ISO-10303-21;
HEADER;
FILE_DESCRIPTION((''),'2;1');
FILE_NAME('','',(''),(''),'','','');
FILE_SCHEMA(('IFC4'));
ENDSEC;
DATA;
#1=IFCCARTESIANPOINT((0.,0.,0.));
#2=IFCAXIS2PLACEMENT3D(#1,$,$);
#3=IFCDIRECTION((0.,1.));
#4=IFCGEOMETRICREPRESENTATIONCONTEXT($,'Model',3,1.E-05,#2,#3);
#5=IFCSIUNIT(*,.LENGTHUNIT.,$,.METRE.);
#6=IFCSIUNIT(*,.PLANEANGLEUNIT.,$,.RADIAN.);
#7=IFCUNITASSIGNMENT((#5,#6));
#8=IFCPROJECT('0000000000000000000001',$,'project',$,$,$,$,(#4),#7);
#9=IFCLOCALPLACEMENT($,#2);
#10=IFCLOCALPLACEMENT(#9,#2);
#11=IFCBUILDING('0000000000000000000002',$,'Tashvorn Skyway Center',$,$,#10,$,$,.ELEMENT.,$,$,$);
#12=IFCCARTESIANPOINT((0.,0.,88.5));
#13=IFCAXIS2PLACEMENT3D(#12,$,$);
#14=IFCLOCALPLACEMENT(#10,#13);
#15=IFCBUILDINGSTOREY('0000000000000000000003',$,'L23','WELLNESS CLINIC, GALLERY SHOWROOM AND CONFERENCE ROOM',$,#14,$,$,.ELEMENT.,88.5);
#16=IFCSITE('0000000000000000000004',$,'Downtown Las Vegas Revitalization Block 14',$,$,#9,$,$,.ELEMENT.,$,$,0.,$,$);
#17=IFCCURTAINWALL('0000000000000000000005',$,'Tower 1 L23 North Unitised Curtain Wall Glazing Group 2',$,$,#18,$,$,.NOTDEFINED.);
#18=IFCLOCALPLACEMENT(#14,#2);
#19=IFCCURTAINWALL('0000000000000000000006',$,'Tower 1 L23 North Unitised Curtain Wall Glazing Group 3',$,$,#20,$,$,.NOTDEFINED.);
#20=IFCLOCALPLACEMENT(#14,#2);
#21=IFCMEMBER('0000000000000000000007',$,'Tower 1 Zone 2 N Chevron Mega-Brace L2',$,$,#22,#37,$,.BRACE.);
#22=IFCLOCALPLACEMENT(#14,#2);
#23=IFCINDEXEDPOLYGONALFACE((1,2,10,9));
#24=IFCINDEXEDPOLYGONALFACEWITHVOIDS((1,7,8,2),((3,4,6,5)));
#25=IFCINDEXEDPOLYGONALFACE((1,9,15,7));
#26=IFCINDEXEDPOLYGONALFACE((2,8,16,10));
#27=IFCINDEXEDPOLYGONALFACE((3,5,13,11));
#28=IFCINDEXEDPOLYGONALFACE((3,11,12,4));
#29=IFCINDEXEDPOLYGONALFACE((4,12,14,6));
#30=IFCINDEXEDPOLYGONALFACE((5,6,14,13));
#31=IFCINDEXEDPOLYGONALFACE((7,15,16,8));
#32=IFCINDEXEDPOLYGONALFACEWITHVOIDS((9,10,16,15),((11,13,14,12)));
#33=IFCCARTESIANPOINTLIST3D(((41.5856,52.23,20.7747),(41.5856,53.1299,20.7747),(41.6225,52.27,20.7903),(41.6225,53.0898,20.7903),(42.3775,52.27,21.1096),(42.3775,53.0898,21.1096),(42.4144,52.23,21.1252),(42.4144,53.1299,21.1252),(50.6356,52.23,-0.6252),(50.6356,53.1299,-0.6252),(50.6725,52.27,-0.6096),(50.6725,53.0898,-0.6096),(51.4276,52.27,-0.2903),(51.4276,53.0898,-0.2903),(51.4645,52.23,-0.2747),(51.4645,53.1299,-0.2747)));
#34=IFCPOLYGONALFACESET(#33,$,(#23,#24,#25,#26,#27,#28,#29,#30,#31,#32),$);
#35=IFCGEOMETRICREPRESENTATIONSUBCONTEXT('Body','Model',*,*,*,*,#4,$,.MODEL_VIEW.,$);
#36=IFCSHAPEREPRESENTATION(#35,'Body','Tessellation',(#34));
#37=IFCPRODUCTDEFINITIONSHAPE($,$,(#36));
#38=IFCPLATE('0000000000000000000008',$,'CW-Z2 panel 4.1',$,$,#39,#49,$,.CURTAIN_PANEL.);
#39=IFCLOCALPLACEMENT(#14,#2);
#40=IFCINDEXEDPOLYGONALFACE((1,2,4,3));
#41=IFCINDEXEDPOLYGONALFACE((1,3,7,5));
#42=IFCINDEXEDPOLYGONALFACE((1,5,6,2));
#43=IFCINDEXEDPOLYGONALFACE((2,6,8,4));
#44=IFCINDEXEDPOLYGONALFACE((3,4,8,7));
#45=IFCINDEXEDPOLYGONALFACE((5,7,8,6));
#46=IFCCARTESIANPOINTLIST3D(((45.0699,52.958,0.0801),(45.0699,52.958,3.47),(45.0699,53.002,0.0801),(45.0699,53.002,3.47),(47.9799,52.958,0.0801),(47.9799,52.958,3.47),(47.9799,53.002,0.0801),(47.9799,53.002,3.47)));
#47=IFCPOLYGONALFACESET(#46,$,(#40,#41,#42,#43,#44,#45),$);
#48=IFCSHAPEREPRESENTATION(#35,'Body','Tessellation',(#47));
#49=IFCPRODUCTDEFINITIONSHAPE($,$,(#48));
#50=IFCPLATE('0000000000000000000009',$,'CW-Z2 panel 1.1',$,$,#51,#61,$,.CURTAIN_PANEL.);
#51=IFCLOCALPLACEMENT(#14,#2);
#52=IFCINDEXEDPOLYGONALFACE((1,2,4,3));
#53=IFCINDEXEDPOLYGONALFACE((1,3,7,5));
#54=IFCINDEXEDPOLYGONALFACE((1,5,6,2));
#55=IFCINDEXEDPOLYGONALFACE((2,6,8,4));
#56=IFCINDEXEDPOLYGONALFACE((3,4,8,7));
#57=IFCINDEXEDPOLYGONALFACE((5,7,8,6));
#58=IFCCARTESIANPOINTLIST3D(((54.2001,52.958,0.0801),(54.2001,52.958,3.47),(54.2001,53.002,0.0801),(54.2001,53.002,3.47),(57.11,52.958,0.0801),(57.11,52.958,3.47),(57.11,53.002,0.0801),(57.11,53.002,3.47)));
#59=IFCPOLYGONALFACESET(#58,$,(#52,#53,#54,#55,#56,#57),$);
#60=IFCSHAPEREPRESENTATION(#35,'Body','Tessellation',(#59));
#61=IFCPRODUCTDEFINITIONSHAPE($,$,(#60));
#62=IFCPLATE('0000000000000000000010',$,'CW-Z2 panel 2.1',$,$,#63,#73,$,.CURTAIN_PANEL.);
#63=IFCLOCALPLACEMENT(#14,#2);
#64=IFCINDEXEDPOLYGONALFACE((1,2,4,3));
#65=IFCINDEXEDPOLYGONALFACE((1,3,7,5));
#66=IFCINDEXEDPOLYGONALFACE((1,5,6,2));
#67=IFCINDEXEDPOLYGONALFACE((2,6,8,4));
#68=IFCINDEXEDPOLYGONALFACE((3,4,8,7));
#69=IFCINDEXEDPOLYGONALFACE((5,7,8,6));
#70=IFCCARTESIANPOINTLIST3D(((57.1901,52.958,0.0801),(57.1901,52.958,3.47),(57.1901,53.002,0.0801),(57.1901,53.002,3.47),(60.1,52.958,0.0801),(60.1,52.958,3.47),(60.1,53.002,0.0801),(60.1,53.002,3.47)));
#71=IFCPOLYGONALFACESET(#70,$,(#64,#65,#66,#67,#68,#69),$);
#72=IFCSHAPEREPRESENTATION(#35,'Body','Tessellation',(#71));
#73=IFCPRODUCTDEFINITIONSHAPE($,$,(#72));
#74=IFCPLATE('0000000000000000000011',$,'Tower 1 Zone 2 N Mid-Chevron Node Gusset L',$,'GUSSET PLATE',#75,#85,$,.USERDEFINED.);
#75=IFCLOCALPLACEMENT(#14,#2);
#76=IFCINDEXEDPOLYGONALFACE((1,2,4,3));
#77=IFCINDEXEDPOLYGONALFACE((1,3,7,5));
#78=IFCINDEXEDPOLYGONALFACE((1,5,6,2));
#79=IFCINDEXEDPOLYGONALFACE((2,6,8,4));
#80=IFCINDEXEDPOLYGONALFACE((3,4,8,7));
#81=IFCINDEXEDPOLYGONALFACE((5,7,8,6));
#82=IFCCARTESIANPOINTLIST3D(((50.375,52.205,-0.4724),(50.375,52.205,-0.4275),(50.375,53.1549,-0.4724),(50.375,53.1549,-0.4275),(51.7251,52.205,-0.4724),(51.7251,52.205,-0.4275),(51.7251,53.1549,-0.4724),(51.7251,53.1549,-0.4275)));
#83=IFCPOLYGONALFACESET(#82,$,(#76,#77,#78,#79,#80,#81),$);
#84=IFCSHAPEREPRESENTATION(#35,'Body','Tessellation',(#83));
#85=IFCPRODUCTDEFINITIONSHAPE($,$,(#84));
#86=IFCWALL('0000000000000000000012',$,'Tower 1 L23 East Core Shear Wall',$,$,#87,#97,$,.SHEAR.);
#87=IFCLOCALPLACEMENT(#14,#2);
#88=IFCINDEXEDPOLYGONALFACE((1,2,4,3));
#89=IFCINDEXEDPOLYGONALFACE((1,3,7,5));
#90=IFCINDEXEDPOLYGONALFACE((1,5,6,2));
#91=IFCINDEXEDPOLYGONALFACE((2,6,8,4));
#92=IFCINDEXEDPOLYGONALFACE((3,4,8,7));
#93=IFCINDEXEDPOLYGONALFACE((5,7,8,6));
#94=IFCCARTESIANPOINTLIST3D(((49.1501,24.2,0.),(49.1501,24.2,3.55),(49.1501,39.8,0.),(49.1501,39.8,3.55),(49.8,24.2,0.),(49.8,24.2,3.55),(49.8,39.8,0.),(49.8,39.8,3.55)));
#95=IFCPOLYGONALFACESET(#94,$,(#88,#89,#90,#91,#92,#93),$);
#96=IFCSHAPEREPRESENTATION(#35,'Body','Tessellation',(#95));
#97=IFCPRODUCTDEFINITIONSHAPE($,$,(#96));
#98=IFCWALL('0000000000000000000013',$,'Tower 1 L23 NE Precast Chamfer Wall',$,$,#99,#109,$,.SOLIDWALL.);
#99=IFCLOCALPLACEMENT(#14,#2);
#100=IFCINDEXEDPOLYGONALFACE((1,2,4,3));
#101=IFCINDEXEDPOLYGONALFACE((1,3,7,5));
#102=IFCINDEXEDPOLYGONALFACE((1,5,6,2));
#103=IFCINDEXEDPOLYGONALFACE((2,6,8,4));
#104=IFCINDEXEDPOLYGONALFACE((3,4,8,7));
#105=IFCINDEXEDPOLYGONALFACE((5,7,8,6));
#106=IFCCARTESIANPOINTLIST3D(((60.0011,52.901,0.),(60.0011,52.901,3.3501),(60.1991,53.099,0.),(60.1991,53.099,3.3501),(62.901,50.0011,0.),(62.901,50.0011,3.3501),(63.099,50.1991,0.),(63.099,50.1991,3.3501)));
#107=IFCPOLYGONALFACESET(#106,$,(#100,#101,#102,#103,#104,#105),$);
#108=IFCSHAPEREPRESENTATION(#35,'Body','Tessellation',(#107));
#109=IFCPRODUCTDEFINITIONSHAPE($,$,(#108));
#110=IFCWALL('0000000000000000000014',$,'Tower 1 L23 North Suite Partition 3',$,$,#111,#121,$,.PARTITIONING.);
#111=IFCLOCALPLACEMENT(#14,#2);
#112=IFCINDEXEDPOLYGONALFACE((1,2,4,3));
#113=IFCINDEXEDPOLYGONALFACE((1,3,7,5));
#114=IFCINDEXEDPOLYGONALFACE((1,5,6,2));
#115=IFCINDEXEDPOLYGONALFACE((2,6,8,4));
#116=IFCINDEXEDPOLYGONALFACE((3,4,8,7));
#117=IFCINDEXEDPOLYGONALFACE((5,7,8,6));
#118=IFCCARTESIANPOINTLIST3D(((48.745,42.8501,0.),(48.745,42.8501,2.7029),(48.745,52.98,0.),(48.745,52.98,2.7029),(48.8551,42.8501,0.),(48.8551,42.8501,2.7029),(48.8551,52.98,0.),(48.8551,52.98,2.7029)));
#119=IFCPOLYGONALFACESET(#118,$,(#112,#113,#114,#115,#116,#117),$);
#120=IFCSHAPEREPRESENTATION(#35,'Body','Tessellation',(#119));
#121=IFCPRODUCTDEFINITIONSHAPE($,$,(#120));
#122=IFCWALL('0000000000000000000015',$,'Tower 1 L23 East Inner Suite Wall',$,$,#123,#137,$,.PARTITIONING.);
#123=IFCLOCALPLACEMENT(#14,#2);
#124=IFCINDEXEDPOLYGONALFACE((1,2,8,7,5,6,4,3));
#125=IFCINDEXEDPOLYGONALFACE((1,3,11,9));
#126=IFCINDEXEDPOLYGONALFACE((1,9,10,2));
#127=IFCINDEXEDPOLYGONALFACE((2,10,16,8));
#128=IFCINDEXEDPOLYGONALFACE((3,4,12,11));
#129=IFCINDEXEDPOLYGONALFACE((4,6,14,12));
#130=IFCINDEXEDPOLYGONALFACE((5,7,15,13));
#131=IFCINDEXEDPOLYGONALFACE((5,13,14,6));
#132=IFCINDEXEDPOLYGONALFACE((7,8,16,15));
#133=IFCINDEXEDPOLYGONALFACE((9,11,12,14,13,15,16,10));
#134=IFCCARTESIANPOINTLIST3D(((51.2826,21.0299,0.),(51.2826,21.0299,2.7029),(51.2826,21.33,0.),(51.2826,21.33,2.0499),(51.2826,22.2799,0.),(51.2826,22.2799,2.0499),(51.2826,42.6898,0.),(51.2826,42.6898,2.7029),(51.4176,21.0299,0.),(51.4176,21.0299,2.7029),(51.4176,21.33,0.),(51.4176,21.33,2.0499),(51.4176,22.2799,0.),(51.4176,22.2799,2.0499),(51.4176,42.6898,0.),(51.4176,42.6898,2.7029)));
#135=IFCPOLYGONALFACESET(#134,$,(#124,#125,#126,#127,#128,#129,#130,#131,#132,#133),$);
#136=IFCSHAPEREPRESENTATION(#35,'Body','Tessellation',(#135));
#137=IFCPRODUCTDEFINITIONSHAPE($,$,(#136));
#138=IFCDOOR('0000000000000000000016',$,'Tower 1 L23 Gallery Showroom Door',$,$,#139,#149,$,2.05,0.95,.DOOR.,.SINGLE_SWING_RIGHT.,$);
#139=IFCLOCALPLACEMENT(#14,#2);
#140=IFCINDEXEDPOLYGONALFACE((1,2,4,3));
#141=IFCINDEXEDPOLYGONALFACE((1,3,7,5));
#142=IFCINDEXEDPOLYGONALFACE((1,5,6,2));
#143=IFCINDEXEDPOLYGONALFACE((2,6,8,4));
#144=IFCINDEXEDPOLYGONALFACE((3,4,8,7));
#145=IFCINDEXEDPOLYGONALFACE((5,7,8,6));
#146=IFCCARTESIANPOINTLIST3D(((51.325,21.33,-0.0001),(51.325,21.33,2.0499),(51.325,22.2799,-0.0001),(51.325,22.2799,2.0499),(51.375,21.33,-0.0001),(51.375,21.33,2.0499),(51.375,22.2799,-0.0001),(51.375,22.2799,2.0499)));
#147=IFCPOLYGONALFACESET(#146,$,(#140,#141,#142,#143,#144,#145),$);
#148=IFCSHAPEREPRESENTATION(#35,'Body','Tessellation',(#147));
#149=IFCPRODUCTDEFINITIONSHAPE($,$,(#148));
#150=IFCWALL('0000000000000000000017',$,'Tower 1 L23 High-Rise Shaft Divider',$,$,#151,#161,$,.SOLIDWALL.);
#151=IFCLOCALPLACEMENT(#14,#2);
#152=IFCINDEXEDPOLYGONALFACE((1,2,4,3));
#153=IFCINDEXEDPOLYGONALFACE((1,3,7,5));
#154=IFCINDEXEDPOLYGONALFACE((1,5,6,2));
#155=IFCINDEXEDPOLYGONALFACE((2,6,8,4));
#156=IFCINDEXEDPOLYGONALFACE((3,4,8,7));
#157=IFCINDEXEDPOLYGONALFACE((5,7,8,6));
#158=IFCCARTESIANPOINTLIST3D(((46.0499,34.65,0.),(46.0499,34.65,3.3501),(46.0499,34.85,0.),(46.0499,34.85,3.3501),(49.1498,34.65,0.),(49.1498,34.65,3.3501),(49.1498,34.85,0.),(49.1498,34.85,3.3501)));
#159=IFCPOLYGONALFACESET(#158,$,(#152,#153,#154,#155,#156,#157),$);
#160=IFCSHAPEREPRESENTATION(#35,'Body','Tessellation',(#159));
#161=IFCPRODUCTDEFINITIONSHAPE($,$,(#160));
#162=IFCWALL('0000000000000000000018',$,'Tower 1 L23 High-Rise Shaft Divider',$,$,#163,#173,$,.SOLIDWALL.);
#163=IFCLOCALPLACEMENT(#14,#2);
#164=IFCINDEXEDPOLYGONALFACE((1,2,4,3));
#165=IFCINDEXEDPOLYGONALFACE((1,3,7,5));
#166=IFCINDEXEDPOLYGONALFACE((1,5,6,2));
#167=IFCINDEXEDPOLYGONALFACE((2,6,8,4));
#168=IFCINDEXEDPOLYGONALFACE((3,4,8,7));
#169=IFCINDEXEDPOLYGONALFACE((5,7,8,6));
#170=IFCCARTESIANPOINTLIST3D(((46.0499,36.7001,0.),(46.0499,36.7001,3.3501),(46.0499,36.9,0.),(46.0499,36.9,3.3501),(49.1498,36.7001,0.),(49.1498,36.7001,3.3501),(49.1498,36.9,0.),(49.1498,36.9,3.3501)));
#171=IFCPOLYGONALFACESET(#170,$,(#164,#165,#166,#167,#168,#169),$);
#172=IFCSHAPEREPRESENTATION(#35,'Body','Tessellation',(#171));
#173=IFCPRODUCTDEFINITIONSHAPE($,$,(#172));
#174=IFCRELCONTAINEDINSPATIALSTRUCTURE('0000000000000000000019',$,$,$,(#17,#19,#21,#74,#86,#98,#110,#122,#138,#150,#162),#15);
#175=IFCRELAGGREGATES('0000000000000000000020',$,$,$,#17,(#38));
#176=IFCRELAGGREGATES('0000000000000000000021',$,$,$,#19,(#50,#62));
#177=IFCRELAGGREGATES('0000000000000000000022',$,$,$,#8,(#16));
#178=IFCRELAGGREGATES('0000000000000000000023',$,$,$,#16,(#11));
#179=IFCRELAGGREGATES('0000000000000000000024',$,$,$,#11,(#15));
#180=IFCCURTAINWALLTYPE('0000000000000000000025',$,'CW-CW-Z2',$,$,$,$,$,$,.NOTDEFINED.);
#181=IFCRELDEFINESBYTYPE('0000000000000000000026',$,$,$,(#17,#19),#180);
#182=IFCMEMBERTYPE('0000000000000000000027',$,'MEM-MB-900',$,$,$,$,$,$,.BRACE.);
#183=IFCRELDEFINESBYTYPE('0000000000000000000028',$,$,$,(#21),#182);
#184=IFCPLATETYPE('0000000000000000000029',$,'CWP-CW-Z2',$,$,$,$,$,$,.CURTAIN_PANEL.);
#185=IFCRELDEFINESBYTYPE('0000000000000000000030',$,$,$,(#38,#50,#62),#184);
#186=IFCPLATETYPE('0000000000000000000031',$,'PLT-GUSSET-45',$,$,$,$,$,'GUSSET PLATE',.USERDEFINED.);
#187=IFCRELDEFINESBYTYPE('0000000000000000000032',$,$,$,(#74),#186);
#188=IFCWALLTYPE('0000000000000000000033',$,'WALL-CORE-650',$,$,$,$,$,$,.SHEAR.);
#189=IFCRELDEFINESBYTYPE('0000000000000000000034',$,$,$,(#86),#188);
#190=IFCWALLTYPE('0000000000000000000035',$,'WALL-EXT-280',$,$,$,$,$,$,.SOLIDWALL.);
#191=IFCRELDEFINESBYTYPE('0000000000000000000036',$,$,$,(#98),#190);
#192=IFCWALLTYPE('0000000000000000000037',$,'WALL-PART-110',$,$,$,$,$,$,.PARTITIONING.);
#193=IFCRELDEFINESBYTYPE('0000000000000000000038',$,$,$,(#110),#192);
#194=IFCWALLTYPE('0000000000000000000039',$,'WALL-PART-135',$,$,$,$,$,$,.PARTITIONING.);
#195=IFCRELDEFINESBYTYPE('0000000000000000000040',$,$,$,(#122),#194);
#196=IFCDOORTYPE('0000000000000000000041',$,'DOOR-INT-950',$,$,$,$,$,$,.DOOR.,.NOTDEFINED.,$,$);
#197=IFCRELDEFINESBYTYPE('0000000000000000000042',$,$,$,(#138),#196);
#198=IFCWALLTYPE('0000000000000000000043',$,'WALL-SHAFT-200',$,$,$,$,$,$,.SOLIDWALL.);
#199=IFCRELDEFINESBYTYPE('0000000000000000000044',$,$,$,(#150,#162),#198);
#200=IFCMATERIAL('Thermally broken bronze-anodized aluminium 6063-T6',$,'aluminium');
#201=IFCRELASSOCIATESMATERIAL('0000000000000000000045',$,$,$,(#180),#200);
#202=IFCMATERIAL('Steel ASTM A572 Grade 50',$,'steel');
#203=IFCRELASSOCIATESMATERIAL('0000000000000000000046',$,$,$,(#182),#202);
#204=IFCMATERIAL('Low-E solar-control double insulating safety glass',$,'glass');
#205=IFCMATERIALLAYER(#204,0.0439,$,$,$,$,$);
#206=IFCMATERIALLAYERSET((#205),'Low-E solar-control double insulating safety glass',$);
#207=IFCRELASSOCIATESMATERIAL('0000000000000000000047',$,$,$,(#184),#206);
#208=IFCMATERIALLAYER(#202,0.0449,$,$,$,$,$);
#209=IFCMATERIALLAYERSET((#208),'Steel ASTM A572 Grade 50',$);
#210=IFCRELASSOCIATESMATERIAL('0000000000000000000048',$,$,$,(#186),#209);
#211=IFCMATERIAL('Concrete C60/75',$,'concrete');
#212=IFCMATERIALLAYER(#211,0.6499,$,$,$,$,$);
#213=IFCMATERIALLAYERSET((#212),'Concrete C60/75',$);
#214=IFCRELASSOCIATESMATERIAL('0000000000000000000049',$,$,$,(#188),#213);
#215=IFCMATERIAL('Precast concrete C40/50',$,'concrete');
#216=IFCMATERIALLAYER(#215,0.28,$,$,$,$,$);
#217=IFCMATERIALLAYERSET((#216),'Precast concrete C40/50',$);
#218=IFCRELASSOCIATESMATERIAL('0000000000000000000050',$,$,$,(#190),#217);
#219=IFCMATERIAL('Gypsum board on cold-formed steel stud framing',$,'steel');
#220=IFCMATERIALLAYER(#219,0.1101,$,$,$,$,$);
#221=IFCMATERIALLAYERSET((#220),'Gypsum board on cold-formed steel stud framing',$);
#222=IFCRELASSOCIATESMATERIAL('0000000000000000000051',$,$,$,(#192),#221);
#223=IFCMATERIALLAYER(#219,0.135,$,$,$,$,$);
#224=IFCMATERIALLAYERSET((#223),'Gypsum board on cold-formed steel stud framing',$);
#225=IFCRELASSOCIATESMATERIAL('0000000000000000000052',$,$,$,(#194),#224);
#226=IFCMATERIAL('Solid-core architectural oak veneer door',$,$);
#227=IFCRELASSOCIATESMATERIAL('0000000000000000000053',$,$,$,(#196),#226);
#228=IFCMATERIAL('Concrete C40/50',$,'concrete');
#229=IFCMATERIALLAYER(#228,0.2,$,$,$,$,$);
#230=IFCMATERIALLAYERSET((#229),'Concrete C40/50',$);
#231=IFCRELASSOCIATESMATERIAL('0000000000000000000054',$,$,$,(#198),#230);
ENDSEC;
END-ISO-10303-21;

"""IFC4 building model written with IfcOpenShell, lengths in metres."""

from ifc_helpers import new_model, si_unit, direction, frame, frame_2d, origin, origin_2d, place, context, subcontext, project, spatial, rectangle, hollow_rectangle, extrude, material, layer, layer_set, material_profile, profile_set, type_object, element, fill, aggregate, save


model = new_model("IFC4")

# Units and contexts
model_context = context("Model", 3, precision=1e-05, world=origin(), true_north=direction((0.0, 1.0)))
body_context = subcontext(model_context, "Body", "Model", "MODEL_VIEW")
ifc_project = project(units=[si_unit("LENGTHUNIT", "METRE"), si_unit("PLANEANGLEUNIT", "RADIAN")], contexts=[model_context])

# Site, building, storey
site_placement = place(None, origin())
site = spatial("IfcSite", under=ifc_project, at=site_placement, Name="Downtown Las Vegas Revitalization Block 14", CompositionType="ELEMENT", RefElevation=0.0)
building_placement = place(site_placement, origin())
building = spatial("IfcBuilding", under=site, at=building_placement, Name="Tashvorn Skyway Center", CompositionType="ELEMENT")
storey_placement = place(building_placement, frame((0.0, 0.0, 88.5)))
storey = spatial("IfcBuildingStorey", under=building, at=storey_placement, Name="L23", Description="WELLNESS CLINIC, GALLERY SHOWROOM AND CONFERENCE ROOM", CompositionType="ELEMENT", Elevation=88.5)

# Shared definitions
ifc_material_1 = material(Name="Steel ASTM A572 Grade 50", Category="steel")

# Curtain wall
ifc_material_2 = material(Name="Thermally broken bronze-anodized aluminium 6063-T6", Category="aluminium")
curtain_wall_type = type_object("IfcCurtainWallType", Name="CW-CW-Z2", PredefinedType="NOTDEFINED", material=ifc_material_2)
curtain_wall_1_placement = place(storey_placement, origin())
curtain_wall_1 = element("IfcCurtainWall", 1, at=curtain_wall_1_placement, inside=storey, type_object=curtain_wall_type, Name="Tower 1 L23 North Unitised Curtain Wall Glazing Group 2", PredefinedType="NOTDEFINED")

# Curtain wall
curtain_wall_2_placement = place(storey_placement, origin())
curtain_wall_2 = element("IfcCurtainWall", 2, at=curtain_wall_2_placement, inside=storey, type_object=curtain_wall_type, Name="Tower 1 L23 North Unitised Curtain Wall Glazing Group 3", PredefinedType="NOTDEFINED")

# Member
ifc_material_profile_1 = material_profile(ifc_material_1, hollow_rectangle(XDim=0.8999, YDim=0.8999, WallThickness=0.04, at=origin_2d()), Name="BOX900x900x40")
ifc_profile_set_1 = profile_set([ifc_material_profile_1], Name="Steel ASTM A572 Grade 50")
member_type_1 = type_object("IfcMemberType", Name="MEM-MB-900", PredefinedType="BRACE", material=ifc_profile_set_1)
member_1_placement = place(storey_placement, frame((51.05, 52.6799, -0.45), z_axis=(-0.389503, 0.0, 0.921025), x_axis=(0.0, -1.0, 0.0)))
element("IfcMember", 3, at=member_1_placement, inside=storey, type_object=member_type_1, Name="Tower 1 Zone 2 N Chevron Mega-Brace L2", PredefinedType="BRACE", context=body_context, shape_type="SweptSolid", body=[
    extrude(hollow_rectangle(XDim=0.8999, YDim=0.8999, WallThickness=0.04, at=origin_2d()), origin(), (0.0, 0.0, 1.0), 23.2349),
])

# Plates
ifc_material_3 = material(Name="Low-E solar-control double insulating safety glass", Category="glass")
ifc_layer_1 = layer(ifc_material_3, 0.0439)
ifc_layer_set_1 = layer_set([ifc_layer_1], Name="Low-E solar-control double insulating safety glass")
plate_type_1 = type_object("IfcPlateType", Name="CWP-CW-Z2", PredefinedType="CURTAIN_PANEL", material=ifc_layer_set_1)
plate_1_placement = place(storey_placement, frame((46.5249, 52.98, 0.0801), z_axis=(0.0, 0.0, 1.0), x_axis=(1.0, 0.0, 0.0)))
plate_1 = element("IfcPlate", 4, at=plate_1_placement, type_object=plate_type_1, Name="CW-Z2 panel 4.1", PredefinedType="CURTAIN_PANEL", context=body_context, shape_type="SweptSolid", body=[
    extrude(rectangle(XDim=2.9099, YDim=0.0439, at=origin_2d()), origin(), (0.0, 0.0, 1.0), 3.3899),
])
aggregate(curtain_wall_1, [plate_1])
plate_2_placement = place(storey_placement, frame((55.655, 52.98, 0.0801), z_axis=(0.0, 0.0, 1.0), x_axis=(1.0, 0.0, 0.0)))
plate_2 = element("IfcPlate", 5, at=plate_2_placement, type_object=plate_type_1, Name="CW-Z2 panel 1.1", PredefinedType="CURTAIN_PANEL", context=body_context, shape_type="SweptSolid", body=[
    extrude(rectangle(XDim=2.9099, YDim=0.0439, at=origin_2d()), origin(), (0.0, 0.0, 1.0), 3.3899),
])
plate_3_placement = place(storey_placement, frame((58.645, 52.98, 0.0801), z_axis=(0.0, 0.0, 1.0), x_axis=(1.0, 0.0, 0.0)))
plate_3 = element("IfcPlate", 6, at=plate_3_placement, type_object=plate_type_1, Name="CW-Z2 panel 2.1", PredefinedType="CURTAIN_PANEL", context=body_context, shape_type="SweptSolid", body=[
    extrude(rectangle(XDim=2.9099, YDim=0.0439, at=origin_2d()), origin(), (0.0, 0.0, 1.0), 3.3899),
])
aggregate(curtain_wall_2, [plate_2, plate_3])
ifc_layer_2 = layer(ifc_material_1, 0.0449)
ifc_layer_set_2 = layer_set([ifc_layer_2], Name="Steel ASTM A572 Grade 50")
plate_type_2 = type_object("IfcPlateType", Name="PLT-GUSSET-45", ElementType="GUSSET PLATE", PredefinedType="USERDEFINED", material=ifc_layer_set_2)
plate_4_placement = place(storey_placement, frame((51.05, 52.6799, -0.4724), z_axis=(0.0, 0.0, 1.0), x_axis=(-1.0, 0.0, 0.0)))
element("IfcPlate", 7, at=plate_4_placement, inside=storey, type_object=plate_type_2, Name="Tower 1 Zone 2 N Mid-Chevron Node Gusset L", ObjectType="GUSSET PLATE", PredefinedType="USERDEFINED", context=body_context, shape_type="SweptSolid", body=[
    extrude(rectangle(XDim=1.3501, YDim=0.95, at=origin_2d()), origin(), (0.0, 0.0, 1.0), 0.0449),
])

# Walls
ifc_material_4 = material(Name="Concrete C60/75", Category="concrete")
ifc_layer_3 = layer(ifc_material_4, 0.6499)
ifc_layer_set_3 = layer_set([ifc_layer_3], Name="Concrete C60/75")
wall_type_1 = type_object("IfcWallType", Name="WALL-CORE-650", PredefinedType="SHEAR", material=ifc_layer_set_3)
wall_1_placement = place(storey_placement, frame((49.4751, 39.8, 0.0), z_axis=(0.0, 0.0, 1.0), x_axis=(0.0, -1.0, 0.0)))
element("IfcWall", 8, at=wall_1_placement, inside=storey, type_object=wall_type_1, Name="Tower 1 L23 East Core Shear Wall", PredefinedType="SHEAR", context=body_context, shape_type="SweptSolid", body=[
    extrude(rectangle(XDim=15.6001, YDim=0.6499, at=frame_2d((7.8, 0.0))), origin(), (0.0, 0.0, 1.0), 3.55),
])
ifc_material_5 = material(Name="Precast concrete C40/50", Category="concrete")
ifc_layer_4 = layer(ifc_material_5, 0.28)
ifc_layer_set_4 = layer_set([ifc_layer_4], Name="Precast concrete C40/50")
wall_type_2 = type_object("IfcWallType", Name="WALL-EXT-280", PredefinedType="SOLIDWALL", material=ifc_layer_set_4)
wall_2_placement = place(storey_placement, frame((60.1001, 53.0, 0.0), z_axis=(0.0, 0.0, 1.0), x_axis=(0.707107, -0.707107, 0.0)))
element("IfcWall", 9, at=wall_2_placement, inside=storey, type_object=wall_type_2, Name="Tower 1 L23 NE Precast Chamfer Wall", PredefinedType="SOLIDWALL", context=body_context, shape_type="SweptSolid", body=[
    extrude(rectangle(XDim=4.1011, YDim=0.28, at=frame_2d((2.0505, 0.0))), origin(), (0.0, 0.0, 1.0), 3.3501),
])
ifc_material_6 = material(Name="Gypsum board on cold-formed steel stud framing", Category="steel")
ifc_layer_5 = layer(ifc_material_6, 0.1101)
ifc_layer_set_5 = layer_set([ifc_layer_5], Name="Gypsum board on cold-formed steel stud framing")
wall_type_3 = type_object("IfcWallType", Name="WALL-PART-110", PredefinedType="PARTITIONING", material=ifc_layer_set_5)
wall_3_placement = place(storey_placement, frame((48.8, 42.8501, 0.0), z_axis=(0.0, 0.0, 1.0), x_axis=(0.0, 1.0, 0.0)))
element("IfcWall", 10, at=wall_3_placement, inside=storey, type_object=wall_type_3, Name="Tower 1 L23 North Suite Partition 3", PredefinedType="PARTITIONING", context=body_context, shape_type="SweptSolid", body=[
    extrude(rectangle(XDim=10.1299, YDim=0.1101, at=frame_2d((5.0649, 0.0))), origin(), (0.0, 0.0, 1.0), 2.7029),
])

# Wall, opening, door
ifc_layer_6 = layer(ifc_material_6, 0.135)
ifc_layer_set_6 = layer_set([ifc_layer_6], Name="Gypsum board on cold-formed steel stud framing")
wall_type_4 = type_object("IfcWallType", Name="WALL-PART-135", PredefinedType="PARTITIONING", material=ifc_layer_set_6)
wall_4_placement = place(storey_placement, frame((51.3501, 42.6899, 0.0), z_axis=(0.0, 0.0, 1.0), x_axis=(0.0, -1.0, 0.0)))
wall_4 = element("IfcWall", 11, at=wall_4_placement, inside=storey, type_object=wall_type_4, Name="Tower 1 L23 East Inner Suite Wall", PredefinedType="PARTITIONING", context=body_context, shape_type="SweptSolid", body=[
    extrude(rectangle(XDim=21.6599, YDim=0.135, at=frame_2d((10.8301, 0.0))), origin(), (0.0, 0.0, 1.0), 2.7029),
])
opening_1_placement = place(wall_4_placement, frame((20.4099, 0.0, 0.0)))
opening_1 = element("IfcOpeningElement", 12, at=opening_1_placement, cuts=wall_4, PredefinedType="OPENING", context=body_context, shape_type="SweptSolid", body=[
    extrude(rectangle(XDim=0.95, YDim=2.05, at=frame_2d((0.4751, 1.0249))), frame((0.0, 0.0774, 0.0), z_axis=(0.0, -1.0, 0.0), x_axis=(1.0, 0.0, 0.0)), (0.0, 0.0, 1.0), 0.155),
])
ifc_material_7 = material(Name="Solid-core architectural oak veneer door")
door_type_1 = type_object("IfcDoorType", Name="DOOR-INT-950", OperationType="NOTDEFINED", PredefinedType="DOOR", material=ifc_material_7)
door_1_placement = place(opening_1_placement, origin())
door_1 = element("IfcDoor", 13, at=door_1_placement, inside=storey, type_object=door_type_1, Name="Tower 1 L23 Gallery Showroom Door", OperationType="SINGLE_SWING_RIGHT", OverallHeight=2.05, OverallWidth=0.95, PredefinedType="DOOR", context=body_context, shape_type="SweptSolid", body=[
    extrude(rectangle(XDim=0.95, YDim=2.05, at=frame_2d((0.4751, 1.0249))), frame((0.0, 0.0249, 0.0), z_axis=(0.0, -1.0, 0.0), x_axis=(1.0, 0.0, 0.0)), (0.0, 0.0, 1.0), 0.05),
])
fill(opening_1, door_1)

# Walls
ifc_material_8 = material(Name="Concrete C40/50", Category="concrete")
ifc_layer_7 = layer(ifc_material_8, 0.2)
ifc_layer_set_7 = layer_set([ifc_layer_7], Name="Concrete C40/50")
wall_type_5 = type_object("IfcWallType", Name="WALL-SHAFT-200", PredefinedType="SOLIDWALL", material=ifc_layer_set_7)
for number, where, z_axis, x_axis, name in (
    (14, (46.05, 34.75, 0.0), (0.0, 0.0, 1.0), (1.0, 0.0, 0.0), "Tower 1 L23 High-Rise Shaft Divider"),
    (15, (46.05, 36.8, 0.0), (0.0, 0.0, 1.0), (1.0, 0.0, 0.0), "Tower 1 L23 High-Rise Shaft Divider"),
):
    element("IfcWall", number, at=place(storey_placement, frame(where, z_axis=z_axis, x_axis=x_axis)), inside=storey, type_object=wall_type_5, Name=name, PredefinedType="SOLIDWALL", context=body_context, shape_type="SweptSolid", body=[
        extrude(rectangle(XDim=3.0999, YDim=0.2, at=frame_2d((1.5498, 0.0))), origin(), (0.0, 0.0, 1.0), 3.3501),
    ])

save(model, "model.ifc")
